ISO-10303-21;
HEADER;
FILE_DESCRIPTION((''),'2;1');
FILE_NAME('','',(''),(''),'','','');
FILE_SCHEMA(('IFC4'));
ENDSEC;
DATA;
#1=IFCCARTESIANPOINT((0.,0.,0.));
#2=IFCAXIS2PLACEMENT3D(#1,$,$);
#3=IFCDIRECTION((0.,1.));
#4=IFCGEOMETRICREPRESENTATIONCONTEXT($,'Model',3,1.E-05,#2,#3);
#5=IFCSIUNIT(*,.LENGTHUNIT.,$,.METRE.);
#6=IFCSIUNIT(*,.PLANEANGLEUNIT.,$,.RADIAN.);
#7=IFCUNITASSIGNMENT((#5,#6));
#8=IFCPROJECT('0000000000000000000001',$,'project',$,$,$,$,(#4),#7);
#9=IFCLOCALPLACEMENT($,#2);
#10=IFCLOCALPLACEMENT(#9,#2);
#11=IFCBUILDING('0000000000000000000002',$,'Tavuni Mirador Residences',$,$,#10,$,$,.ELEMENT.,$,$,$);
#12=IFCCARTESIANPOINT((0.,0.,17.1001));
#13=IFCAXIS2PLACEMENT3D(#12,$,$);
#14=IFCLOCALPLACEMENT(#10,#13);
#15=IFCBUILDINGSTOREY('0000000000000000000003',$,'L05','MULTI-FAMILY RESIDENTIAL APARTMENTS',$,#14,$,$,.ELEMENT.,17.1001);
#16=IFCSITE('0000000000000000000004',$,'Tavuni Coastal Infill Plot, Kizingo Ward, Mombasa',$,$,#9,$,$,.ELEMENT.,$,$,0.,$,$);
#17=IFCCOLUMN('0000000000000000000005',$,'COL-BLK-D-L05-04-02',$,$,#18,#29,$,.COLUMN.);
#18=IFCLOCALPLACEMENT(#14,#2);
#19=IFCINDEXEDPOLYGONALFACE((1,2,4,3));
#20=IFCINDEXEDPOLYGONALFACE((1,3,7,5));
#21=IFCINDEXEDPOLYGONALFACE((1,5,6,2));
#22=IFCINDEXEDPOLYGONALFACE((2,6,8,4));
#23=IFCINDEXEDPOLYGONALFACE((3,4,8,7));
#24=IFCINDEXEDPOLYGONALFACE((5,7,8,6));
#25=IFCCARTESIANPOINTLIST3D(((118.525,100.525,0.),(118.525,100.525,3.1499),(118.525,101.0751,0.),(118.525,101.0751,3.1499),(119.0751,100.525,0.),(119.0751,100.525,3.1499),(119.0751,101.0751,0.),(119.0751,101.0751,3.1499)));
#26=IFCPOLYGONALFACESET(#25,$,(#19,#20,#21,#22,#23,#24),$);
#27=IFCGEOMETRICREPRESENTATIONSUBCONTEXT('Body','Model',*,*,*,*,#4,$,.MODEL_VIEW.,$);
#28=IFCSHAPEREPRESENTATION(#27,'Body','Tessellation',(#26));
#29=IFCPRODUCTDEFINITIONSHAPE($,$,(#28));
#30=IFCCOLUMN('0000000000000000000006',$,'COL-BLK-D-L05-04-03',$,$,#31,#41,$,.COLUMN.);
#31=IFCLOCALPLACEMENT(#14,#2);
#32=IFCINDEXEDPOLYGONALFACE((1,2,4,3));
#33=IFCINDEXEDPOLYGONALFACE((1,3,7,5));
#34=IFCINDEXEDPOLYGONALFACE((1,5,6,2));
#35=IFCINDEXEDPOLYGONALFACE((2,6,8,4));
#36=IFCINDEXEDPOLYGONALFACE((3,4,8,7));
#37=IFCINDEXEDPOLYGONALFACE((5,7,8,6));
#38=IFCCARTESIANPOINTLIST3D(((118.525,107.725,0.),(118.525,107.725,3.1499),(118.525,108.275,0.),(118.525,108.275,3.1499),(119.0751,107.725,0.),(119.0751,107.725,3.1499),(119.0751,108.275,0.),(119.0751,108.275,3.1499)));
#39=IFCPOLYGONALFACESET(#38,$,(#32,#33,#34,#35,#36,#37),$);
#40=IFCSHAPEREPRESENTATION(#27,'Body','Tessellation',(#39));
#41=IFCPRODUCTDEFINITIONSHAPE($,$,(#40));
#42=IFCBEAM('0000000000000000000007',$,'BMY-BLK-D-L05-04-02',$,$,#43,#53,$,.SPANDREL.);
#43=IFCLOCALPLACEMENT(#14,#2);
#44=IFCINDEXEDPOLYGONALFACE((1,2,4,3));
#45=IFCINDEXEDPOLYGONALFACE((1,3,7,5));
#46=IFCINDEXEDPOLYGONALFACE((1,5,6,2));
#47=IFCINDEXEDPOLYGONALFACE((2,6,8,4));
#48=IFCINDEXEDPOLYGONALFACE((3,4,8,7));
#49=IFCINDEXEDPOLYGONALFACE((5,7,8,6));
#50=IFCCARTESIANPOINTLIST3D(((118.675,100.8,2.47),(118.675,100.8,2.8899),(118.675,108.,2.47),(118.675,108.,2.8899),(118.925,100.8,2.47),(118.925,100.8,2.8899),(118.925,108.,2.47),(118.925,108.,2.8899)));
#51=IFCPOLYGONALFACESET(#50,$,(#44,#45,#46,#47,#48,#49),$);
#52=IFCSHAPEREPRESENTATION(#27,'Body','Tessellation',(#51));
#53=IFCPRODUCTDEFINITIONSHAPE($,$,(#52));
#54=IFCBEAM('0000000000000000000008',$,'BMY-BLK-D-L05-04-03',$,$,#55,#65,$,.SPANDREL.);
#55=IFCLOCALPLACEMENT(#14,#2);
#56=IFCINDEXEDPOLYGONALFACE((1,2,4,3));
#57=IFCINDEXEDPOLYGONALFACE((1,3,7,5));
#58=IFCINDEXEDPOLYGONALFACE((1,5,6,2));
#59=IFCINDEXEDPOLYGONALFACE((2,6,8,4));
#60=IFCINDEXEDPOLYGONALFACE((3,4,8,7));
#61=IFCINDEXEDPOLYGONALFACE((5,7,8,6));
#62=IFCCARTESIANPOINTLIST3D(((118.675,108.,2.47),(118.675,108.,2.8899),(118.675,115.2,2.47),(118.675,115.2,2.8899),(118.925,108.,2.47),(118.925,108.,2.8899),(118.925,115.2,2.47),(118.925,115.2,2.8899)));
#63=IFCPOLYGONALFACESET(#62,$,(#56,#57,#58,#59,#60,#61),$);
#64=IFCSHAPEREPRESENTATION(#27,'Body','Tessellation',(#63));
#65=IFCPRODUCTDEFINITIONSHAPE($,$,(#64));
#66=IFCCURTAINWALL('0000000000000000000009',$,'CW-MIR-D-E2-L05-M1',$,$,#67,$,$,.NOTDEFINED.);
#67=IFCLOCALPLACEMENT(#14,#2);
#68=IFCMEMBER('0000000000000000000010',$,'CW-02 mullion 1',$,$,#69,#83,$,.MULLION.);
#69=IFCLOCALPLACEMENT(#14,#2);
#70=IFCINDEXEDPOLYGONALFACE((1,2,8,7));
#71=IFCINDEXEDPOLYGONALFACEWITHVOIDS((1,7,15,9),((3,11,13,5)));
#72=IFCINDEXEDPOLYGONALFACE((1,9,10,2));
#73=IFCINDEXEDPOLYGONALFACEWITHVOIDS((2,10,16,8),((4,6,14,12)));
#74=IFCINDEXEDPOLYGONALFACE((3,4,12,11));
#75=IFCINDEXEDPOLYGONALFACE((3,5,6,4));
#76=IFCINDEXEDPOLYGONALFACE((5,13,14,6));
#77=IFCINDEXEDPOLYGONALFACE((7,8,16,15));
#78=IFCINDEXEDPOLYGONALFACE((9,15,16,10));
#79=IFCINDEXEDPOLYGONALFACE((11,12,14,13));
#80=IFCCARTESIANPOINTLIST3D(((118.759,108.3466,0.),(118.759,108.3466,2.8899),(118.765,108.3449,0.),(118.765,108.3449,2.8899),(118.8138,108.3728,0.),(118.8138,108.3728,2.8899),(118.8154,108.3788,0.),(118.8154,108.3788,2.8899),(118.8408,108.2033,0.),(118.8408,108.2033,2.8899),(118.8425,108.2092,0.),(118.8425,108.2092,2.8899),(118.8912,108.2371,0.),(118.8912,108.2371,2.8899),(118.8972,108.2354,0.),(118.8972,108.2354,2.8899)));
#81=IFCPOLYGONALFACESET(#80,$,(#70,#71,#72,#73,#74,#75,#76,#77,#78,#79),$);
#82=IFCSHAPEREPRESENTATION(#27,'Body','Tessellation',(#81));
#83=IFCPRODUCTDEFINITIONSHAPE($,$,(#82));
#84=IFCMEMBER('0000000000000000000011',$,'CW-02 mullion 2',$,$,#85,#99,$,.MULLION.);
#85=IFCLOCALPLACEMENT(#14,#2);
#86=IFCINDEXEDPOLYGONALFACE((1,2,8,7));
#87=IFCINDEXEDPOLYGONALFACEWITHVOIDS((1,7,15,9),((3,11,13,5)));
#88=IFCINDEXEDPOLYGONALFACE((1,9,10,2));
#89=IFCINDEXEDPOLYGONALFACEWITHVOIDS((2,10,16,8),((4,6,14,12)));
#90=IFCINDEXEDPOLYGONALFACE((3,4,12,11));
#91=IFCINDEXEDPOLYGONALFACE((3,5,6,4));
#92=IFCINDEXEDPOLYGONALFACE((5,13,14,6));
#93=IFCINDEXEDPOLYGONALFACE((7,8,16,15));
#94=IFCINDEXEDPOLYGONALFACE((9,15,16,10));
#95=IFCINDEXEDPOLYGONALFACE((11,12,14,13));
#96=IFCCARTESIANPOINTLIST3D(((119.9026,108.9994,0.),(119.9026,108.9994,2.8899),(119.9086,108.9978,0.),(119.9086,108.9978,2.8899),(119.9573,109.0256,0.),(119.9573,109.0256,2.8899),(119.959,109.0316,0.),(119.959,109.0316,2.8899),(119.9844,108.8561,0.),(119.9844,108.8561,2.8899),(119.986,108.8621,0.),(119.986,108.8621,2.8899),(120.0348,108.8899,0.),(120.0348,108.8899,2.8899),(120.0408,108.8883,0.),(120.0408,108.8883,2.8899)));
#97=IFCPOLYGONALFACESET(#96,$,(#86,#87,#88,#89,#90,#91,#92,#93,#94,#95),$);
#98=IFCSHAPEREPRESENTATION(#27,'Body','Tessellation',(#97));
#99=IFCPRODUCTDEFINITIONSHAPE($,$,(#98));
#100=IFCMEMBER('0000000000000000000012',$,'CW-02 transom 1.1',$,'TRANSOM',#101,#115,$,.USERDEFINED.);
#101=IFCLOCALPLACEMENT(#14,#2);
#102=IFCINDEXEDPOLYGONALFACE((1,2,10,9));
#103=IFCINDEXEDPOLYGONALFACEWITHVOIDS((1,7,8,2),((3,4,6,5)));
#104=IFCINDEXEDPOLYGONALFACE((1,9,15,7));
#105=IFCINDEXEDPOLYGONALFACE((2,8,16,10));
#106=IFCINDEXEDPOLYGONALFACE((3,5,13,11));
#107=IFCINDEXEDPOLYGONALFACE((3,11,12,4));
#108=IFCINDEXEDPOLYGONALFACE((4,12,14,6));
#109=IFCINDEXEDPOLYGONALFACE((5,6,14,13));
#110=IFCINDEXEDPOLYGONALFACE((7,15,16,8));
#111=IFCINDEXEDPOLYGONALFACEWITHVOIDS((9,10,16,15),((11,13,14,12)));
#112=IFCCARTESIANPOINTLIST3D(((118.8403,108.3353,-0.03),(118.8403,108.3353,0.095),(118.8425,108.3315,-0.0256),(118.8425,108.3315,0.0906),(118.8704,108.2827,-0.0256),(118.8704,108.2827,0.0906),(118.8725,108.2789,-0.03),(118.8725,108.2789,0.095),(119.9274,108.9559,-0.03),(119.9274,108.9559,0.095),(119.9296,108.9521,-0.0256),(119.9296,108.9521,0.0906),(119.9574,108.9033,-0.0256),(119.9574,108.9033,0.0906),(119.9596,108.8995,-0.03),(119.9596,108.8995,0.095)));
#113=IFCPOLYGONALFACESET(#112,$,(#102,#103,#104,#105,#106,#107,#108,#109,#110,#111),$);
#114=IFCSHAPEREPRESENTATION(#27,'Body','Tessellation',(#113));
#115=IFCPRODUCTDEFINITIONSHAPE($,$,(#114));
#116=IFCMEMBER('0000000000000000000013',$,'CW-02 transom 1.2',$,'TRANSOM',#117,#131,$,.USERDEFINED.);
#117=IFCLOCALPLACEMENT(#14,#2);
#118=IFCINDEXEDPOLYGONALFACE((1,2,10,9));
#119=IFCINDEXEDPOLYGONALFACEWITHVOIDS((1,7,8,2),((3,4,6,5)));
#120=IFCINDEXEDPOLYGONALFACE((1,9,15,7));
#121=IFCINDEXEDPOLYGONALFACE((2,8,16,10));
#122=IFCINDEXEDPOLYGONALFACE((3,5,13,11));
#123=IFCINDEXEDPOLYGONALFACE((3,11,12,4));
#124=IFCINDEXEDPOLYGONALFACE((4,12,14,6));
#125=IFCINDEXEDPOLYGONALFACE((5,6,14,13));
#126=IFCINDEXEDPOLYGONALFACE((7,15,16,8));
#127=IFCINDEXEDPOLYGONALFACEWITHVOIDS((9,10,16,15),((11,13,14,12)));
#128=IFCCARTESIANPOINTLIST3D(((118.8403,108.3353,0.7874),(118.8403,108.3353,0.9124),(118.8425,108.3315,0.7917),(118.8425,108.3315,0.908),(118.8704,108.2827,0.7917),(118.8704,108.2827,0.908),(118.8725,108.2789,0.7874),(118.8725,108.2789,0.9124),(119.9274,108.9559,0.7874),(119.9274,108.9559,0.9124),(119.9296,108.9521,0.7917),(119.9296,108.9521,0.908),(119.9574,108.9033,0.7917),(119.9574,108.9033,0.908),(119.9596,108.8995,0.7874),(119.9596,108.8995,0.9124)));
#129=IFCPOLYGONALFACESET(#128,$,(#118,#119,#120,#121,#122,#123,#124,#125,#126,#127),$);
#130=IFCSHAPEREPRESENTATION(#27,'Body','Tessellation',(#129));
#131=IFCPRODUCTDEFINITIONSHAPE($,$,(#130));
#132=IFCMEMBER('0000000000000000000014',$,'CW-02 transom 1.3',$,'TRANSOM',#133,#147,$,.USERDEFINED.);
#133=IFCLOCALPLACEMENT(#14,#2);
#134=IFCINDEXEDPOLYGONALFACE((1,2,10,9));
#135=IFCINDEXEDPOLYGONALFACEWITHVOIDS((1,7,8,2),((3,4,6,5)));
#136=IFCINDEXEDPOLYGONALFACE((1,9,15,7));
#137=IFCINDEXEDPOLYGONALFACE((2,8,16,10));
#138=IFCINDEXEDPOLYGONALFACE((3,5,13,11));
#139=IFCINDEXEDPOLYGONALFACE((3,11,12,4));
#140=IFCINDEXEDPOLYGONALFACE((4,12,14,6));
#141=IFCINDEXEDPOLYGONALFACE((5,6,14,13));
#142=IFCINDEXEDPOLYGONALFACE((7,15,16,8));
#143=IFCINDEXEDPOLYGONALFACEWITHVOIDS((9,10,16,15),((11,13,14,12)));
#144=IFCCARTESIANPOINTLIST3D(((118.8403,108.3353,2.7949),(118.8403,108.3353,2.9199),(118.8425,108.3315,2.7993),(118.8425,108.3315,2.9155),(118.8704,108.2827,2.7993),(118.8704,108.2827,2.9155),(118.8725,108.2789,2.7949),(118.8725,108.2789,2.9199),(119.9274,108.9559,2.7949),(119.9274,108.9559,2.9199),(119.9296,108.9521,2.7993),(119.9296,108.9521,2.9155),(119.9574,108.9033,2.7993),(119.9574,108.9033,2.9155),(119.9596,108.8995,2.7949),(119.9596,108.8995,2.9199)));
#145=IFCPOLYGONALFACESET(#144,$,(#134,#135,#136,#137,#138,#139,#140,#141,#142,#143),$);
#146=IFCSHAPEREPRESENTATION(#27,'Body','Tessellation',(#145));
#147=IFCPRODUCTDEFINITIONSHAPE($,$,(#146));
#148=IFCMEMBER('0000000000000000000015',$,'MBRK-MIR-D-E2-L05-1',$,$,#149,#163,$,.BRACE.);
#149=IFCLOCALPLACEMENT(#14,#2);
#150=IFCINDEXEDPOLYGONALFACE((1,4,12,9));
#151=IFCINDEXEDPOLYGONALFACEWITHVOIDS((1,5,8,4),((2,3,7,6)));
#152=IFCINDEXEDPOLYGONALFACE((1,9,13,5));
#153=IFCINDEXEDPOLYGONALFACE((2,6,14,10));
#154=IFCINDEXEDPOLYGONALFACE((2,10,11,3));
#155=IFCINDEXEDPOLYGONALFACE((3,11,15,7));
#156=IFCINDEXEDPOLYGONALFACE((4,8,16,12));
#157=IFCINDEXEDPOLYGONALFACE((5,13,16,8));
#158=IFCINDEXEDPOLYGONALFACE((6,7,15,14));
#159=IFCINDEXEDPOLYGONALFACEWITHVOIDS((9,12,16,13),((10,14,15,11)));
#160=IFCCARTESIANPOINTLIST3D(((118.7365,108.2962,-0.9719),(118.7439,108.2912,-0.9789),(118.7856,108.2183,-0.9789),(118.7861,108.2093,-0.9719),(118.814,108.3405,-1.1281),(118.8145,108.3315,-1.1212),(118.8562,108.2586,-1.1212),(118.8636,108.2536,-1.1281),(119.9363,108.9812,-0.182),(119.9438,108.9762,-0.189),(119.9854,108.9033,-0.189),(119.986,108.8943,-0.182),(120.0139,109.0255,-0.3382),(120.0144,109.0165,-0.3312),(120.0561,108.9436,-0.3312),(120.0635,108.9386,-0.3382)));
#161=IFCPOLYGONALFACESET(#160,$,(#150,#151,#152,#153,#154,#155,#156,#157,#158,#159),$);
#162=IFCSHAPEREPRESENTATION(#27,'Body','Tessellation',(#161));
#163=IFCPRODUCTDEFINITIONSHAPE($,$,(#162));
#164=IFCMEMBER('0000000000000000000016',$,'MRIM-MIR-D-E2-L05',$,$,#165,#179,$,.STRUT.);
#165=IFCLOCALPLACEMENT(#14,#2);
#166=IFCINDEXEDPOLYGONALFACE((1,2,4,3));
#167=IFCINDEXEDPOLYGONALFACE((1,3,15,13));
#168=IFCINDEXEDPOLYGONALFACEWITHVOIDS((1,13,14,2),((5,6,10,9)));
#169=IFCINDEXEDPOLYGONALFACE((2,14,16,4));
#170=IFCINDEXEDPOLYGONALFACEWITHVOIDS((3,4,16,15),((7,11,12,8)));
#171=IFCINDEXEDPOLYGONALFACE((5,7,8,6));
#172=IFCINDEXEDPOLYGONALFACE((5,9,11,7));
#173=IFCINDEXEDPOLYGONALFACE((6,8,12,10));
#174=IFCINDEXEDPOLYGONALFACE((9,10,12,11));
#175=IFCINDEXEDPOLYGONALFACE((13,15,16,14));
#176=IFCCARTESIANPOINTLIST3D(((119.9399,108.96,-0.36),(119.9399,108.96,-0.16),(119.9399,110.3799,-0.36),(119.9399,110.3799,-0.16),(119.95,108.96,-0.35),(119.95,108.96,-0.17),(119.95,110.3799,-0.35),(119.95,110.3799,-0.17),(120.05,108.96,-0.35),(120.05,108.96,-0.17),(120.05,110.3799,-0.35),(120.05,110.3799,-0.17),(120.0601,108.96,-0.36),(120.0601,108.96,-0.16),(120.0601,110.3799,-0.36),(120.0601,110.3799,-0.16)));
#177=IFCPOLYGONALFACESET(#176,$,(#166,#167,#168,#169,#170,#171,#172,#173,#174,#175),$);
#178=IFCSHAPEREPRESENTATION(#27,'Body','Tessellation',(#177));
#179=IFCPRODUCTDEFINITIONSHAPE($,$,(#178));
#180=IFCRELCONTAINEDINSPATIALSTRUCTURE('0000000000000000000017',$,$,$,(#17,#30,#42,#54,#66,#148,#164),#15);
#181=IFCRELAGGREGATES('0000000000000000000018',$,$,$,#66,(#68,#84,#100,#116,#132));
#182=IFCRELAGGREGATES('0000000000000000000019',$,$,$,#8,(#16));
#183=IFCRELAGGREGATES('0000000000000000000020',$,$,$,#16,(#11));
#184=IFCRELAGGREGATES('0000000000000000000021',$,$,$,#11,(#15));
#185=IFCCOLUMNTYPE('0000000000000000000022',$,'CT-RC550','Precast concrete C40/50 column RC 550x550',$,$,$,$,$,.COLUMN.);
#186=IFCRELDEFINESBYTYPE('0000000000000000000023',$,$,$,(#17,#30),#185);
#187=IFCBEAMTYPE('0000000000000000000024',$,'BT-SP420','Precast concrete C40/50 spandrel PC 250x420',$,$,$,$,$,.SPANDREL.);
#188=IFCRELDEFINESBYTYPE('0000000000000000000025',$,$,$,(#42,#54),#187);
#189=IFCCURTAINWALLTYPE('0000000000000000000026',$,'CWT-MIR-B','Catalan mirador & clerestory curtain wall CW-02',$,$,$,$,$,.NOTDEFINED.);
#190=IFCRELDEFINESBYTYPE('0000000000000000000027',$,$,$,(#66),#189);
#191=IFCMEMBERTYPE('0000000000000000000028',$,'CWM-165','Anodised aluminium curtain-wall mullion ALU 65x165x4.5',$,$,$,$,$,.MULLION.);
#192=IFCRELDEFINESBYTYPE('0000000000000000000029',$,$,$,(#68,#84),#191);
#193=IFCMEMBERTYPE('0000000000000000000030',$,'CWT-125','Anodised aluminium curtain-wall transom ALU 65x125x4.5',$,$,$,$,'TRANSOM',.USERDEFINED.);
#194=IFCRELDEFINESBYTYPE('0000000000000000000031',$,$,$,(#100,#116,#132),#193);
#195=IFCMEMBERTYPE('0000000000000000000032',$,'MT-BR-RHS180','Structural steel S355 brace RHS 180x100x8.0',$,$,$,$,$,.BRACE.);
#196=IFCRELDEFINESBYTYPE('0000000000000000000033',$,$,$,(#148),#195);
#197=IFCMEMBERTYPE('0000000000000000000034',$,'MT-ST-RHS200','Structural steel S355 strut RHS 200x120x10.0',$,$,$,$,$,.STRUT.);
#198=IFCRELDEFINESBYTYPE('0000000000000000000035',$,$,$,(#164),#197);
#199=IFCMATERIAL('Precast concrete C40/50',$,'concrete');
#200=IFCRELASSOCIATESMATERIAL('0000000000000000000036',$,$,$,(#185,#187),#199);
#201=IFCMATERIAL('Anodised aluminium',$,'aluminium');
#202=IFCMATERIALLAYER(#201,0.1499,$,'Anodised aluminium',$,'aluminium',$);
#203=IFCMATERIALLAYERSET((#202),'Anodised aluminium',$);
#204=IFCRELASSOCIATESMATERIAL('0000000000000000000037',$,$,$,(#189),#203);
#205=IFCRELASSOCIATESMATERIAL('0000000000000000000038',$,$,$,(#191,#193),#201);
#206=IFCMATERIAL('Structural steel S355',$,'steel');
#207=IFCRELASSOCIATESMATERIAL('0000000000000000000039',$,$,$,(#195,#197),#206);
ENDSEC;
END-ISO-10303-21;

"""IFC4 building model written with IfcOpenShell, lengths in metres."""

from ifc_helpers import new_model, si_unit, direction, frame, origin, origin_2d, place, context, subcontext, project, spatial, rectangle, hollow_rectangle, extrude, material, layer, layer_set, material_profile, profile_set, type_object, element, aggregate, save


model = new_model("IFC4")

# Units and contexts
model_context = context("Model", 3, precision=1e-05, world=origin(), true_north=direction((0.0, 1.0)))
body_context = subcontext(model_context, "Body", "Model", "MODEL_VIEW")
ifc_project = project(units=[si_unit("LENGTHUNIT", "METRE"), si_unit("PLANEANGLEUNIT", "RADIAN")], contexts=[model_context])

# Site, building, storey
site_placement = place(None, origin())
site = spatial("IfcSite", under=ifc_project, at=site_placement, Name="Tavuni Coastal Infill Plot, Kizingo Ward, Mombasa", CompositionType="ELEMENT", RefElevation=0.0)
building_placement = place(site_placement, origin())
building = spatial("IfcBuilding", under=site, at=building_placement, Name="Tavuni Mirador Residences", CompositionType="ELEMENT")
storey_placement = place(building_placement, frame((0.0, 0.0, 17.1001)))
storey = spatial("IfcBuildingStorey", under=building, at=storey_placement, Name="L05", Description="MULTI-FAMILY RESIDENTIAL APARTMENTS", CompositionType="ELEMENT", Elevation=17.1001)

# Columns
ifc_material_1 = material(Name="Precast concrete C40/50", Category="concrete")
ifc_material_profile_1 = material_profile(ifc_material_1, rectangle(XDim=0.55, YDim=0.55, at=origin_2d()), Name="RC 550x550", Category="concrete")
ifc_profile_set_1 = profile_set([ifc_material_profile_1], Name="Precast concrete C40/50")
column_type = type_object("IfcColumnType", Name="CT-RC550", Description="Precast concrete C40/50 column RC 550x550", PredefinedType="COLUMN", material=ifc_profile_set_1)
for number, where, z_axis, x_axis, name in (
    (1, (118.8, 100.8, 0.0), (0.0, 0.0, 1.0), (1.0, 0.0, 0.0), "COL-BLK-D-L05-04-02"),
    (2, (118.8, 108.0, 0.0), (0.0, 0.0, 1.0), (1.0, 0.0, 0.0), "COL-BLK-D-L05-04-03"),
):
    element("IfcColumn", number, at=place(storey_placement, frame(where, z_axis=z_axis, x_axis=x_axis)), inside=storey, type_object=column_type, Name=name, PredefinedType="COLUMN", context=body_context, shape_type="SweptSolid", body=[
        extrude(rectangle(XDim=0.55, YDim=0.55, at=origin_2d()), origin(), (0.0, 0.0, 1.0), 3.1499),
    ])

# Beams
ifc_material_profile_2 = material_profile(ifc_material_1, rectangle(XDim=0.25, YDim=0.4199, at=origin_2d()), Name="PC 250x420", Category="concrete")
ifc_profile_set_2 = profile_set([ifc_material_profile_2], Name="Precast concrete C40/50")
beam_type = type_object("IfcBeamType", Name="BT-SP420", Description="Precast concrete C40/50 spandrel PC 250x420", PredefinedType="SPANDREL", material=ifc_profile_set_2)
for number, where, z_axis, x_axis, name in (
    (3, (118.8, 100.8, 2.6799), (0.0, 1.0, 0.0), (-1.0, 0.0, 0.0), "BMY-BLK-D-L05-04-02"),
    (4, (118.8, 108.0, 2.6799), (0.0, 1.0, 0.0), (-1.0, 0.0, 0.0), "BMY-BLK-D-L05-04-03"),
):
    element("IfcBeam", number, at=place(storey_placement, frame(where, z_axis=z_axis, x_axis=x_axis)), inside=storey, type_object=beam_type, Name=name, PredefinedType="SPANDREL", context=body_context, shape_type="SweptSolid", body=[
        extrude(rectangle(XDim=0.25, YDim=0.4199, at=origin_2d()), origin(), (0.0, 0.0, 1.0), 7.2),
    ])

# Curtain wall, members
ifc_material_2 = material(Name="Anodised aluminium", Category="aluminium")
ifc_layer_1 = layer(ifc_material_2, 0.1499, Name="Anodised aluminium", Category="aluminium")
ifc_layer_set_1 = layer_set([ifc_layer_1], Name="Anodised aluminium")
curtain_wall_type = type_object("IfcCurtainWallType", Name="CWT-MIR-B", Description="Catalan mirador & clerestory curtain wall CW-02", PredefinedType="NOTDEFINED", material=ifc_layer_set_1)
curtain_wall_placement = place(storey_placement, origin())
curtain_wall = element("IfcCurtainWall", 5, at=curtain_wall_placement, inside=storey, type_object=curtain_wall_type, Name="CW-MIR-D-E2-L05-M1", PredefinedType="NOTDEFINED")
ifc_material_profile_3 = material_profile(ifc_material_2, hollow_rectangle(XDim=0.0649, YDim=0.165, WallThickness=0.0044, at=origin_2d()), Name="ALU 65x165x4.5", Category="aluminium")
ifc_profile_set_3 = profile_set([ifc_material_profile_3], Name="Anodised aluminium")
member_type_1 = type_object("IfcMemberType", Name="CWM-165", Description="Anodised aluminium curtain-wall mullion ALU 65x165x4.5", PredefinedType="MULLION", material=ifc_profile_set_3)
member_1_placement = place(storey_placement, frame((118.8281, 108.291, 0.0), z_axis=(0.0, 0.0, 1.0), x_axis=(0.868466, 0.495749, 0.0)))
member_1 = element("IfcMember", 6, at=member_1_placement, type_object=member_type_1, Name="CW-02 mullion 1", PredefinedType="MULLION", context=body_context, shape_type="SweptSolid", body=[
    extrude(hollow_rectangle(XDim=0.0649, YDim=0.165, WallThickness=0.0044, at=origin_2d()), origin(), (0.0, 0.0, 1.0), 2.8899),
])
member_2_placement = place(storey_placement, frame((119.9717, 108.9438, 0.0), z_axis=(0.0, 0.0, 1.0), x_axis=(0.868466, 0.495749, 0.0)))
member_2 = element("IfcMember", 7, at=member_2_placement, type_object=member_type_1, Name="CW-02 mullion 2", PredefinedType="MULLION", context=body_context, shape_type="SweptSolid", body=[
    extrude(hollow_rectangle(XDim=0.0649, YDim=0.165, WallThickness=0.0044, at=origin_2d()), origin(), (0.0, 0.0, 1.0), 2.8899),
])
ifc_material_profile_4 = material_profile(ifc_material_2, hollow_rectangle(XDim=0.0649, YDim=0.125, WallThickness=0.0044, at=origin_2d()), Name="ALU 65x125x4.5", Category="aluminium")
ifc_profile_set_4 = profile_set([ifc_material_profile_4], Name="Anodised aluminium")
member_type_2 = type_object("IfcMemberType", Name="CWT-125", Description="Anodised aluminium curtain-wall transom ALU 65x125x4.5", ElementType="TRANSOM", PredefinedType="USERDEFINED", material=ifc_profile_set_4)
member_3_placement = place(storey_placement, frame((118.8564, 108.3071, 0.0325), z_axis=(0.868459, 0.495761, 0.0), x_axis=(-0.495761, 0.868459, 0.0)))
member_3 = element("IfcMember", 8, at=member_3_placement, type_object=member_type_2, Name="CW-02 transom 1.1", ObjectType="TRANSOM", PredefinedType="USERDEFINED", context=body_context, shape_type="SweptSolid", body=[
    extrude(hollow_rectangle(XDim=0.0649, YDim=0.125, WallThickness=0.0044, at=origin_2d()), origin(), (0.0, 0.0, 1.0), 1.2517),
])
member_4_placement = place(storey_placement, frame((118.8564, 108.3071, 0.8499), z_axis=(0.868459, 0.495761, 0.0), x_axis=(-0.495761, 0.868459, 0.0)))
member_4 = element("IfcMember", 9, at=member_4_placement, type_object=member_type_2, Name="CW-02 transom 1.2", ObjectType="TRANSOM", PredefinedType="USERDEFINED", context=body_context, shape_type="SweptSolid", body=[
    extrude(hollow_rectangle(XDim=0.0649, YDim=0.125, WallThickness=0.0044, at=origin_2d()), origin(), (0.0, 0.0, 1.0), 1.2517),
])
member_5_placement = place(storey_placement, frame((118.8564, 108.3071, 2.8574), z_axis=(0.868459, 0.495761, 0.0), x_axis=(-0.495761, 0.868459, 0.0)))
member_5 = element("IfcMember", 10, at=member_5_placement, type_object=member_type_2, Name="CW-02 transom 1.3", ObjectType="TRANSOM", PredefinedType="USERDEFINED", context=body_context, shape_type="SweptSolid", body=[
    extrude(hollow_rectangle(XDim=0.0649, YDim=0.125, WallThickness=0.0044, at=origin_2d()), origin(), (0.0, 0.0, 1.0), 1.2517),
])

# Members
ifc_material_3 = material(Name="Structural steel S355", Category="steel")
ifc_material_profile_5 = material_profile(ifc_material_3, hollow_rectangle(XDim=0.1001, YDim=0.1799, WallThickness=0.0081, at=origin_2d()), Name="RHS 180x100x8.0", Category="steel")
ifc_profile_set_5 = profile_set([ifc_material_profile_5], Name="Structural steel S355")
member_type_3 = type_object("IfcMemberType", Name="MT-BR-RHS180", Description="Structural steel S355 brace RHS 180x100x8.0", PredefinedType="BRACE", material=ifc_profile_set_5)
member_6_placement = place(storey_placement, frame((118.8, 108.2749, -1.05), z_axis=(0.753904, 0.430408, 0.496365), x_axis=(-0.495796, 0.868439, 0.0)))
element("IfcMember", 11, at=member_6_placement, inside=storey, type_object=member_type_3, Name="MBRK-MIR-D-E2-L05-1", PredefinedType="BRACE", context=body_context, shape_type="SweptSolid", body=[
    extrude(hollow_rectangle(XDim=0.1001, YDim=0.1799, WallThickness=0.0081, at=origin_2d()), origin(), (0.0, 0.0, 1.0), 1.5916),
])
ifc_material_profile_6 = material_profile(ifc_material_3, hollow_rectangle(XDim=0.1201, YDim=0.2, WallThickness=0.01, at=origin_2d()), Name="RHS 200x120x10.0", Category="steel")
ifc_profile_set_6 = profile_set([ifc_material_profile_6], Name="Structural steel S355")
member_type_4 = type_object("IfcMemberType", Name="MT-ST-RHS200", Description="Structural steel S355 strut RHS 200x120x10.0", PredefinedType="STRUT", material=ifc_profile_set_6)
member_7_placement = place(storey_placement, frame((120.0, 108.96, -0.26), z_axis=(0.0, 1.0, 0.0), x_axis=(-1.0, 0.0, 0.0)))
element("IfcMember", 12, at=member_7_placement, inside=storey, type_object=member_type_4, Name="MRIM-MIR-D-E2-L05", PredefinedType="STRUT", context=body_context, shape_type="SweptSolid", body=[
    extrude(hollow_rectangle(XDim=0.1201, YDim=0.2, WallThickness=0.01, at=origin_2d()), origin(), (0.0, 0.0, 1.0), 1.4199),
])

aggregate(curtain_wall, [member_1, member_2, member_3, member_4, member_5])

save(model, "model.ifc")
